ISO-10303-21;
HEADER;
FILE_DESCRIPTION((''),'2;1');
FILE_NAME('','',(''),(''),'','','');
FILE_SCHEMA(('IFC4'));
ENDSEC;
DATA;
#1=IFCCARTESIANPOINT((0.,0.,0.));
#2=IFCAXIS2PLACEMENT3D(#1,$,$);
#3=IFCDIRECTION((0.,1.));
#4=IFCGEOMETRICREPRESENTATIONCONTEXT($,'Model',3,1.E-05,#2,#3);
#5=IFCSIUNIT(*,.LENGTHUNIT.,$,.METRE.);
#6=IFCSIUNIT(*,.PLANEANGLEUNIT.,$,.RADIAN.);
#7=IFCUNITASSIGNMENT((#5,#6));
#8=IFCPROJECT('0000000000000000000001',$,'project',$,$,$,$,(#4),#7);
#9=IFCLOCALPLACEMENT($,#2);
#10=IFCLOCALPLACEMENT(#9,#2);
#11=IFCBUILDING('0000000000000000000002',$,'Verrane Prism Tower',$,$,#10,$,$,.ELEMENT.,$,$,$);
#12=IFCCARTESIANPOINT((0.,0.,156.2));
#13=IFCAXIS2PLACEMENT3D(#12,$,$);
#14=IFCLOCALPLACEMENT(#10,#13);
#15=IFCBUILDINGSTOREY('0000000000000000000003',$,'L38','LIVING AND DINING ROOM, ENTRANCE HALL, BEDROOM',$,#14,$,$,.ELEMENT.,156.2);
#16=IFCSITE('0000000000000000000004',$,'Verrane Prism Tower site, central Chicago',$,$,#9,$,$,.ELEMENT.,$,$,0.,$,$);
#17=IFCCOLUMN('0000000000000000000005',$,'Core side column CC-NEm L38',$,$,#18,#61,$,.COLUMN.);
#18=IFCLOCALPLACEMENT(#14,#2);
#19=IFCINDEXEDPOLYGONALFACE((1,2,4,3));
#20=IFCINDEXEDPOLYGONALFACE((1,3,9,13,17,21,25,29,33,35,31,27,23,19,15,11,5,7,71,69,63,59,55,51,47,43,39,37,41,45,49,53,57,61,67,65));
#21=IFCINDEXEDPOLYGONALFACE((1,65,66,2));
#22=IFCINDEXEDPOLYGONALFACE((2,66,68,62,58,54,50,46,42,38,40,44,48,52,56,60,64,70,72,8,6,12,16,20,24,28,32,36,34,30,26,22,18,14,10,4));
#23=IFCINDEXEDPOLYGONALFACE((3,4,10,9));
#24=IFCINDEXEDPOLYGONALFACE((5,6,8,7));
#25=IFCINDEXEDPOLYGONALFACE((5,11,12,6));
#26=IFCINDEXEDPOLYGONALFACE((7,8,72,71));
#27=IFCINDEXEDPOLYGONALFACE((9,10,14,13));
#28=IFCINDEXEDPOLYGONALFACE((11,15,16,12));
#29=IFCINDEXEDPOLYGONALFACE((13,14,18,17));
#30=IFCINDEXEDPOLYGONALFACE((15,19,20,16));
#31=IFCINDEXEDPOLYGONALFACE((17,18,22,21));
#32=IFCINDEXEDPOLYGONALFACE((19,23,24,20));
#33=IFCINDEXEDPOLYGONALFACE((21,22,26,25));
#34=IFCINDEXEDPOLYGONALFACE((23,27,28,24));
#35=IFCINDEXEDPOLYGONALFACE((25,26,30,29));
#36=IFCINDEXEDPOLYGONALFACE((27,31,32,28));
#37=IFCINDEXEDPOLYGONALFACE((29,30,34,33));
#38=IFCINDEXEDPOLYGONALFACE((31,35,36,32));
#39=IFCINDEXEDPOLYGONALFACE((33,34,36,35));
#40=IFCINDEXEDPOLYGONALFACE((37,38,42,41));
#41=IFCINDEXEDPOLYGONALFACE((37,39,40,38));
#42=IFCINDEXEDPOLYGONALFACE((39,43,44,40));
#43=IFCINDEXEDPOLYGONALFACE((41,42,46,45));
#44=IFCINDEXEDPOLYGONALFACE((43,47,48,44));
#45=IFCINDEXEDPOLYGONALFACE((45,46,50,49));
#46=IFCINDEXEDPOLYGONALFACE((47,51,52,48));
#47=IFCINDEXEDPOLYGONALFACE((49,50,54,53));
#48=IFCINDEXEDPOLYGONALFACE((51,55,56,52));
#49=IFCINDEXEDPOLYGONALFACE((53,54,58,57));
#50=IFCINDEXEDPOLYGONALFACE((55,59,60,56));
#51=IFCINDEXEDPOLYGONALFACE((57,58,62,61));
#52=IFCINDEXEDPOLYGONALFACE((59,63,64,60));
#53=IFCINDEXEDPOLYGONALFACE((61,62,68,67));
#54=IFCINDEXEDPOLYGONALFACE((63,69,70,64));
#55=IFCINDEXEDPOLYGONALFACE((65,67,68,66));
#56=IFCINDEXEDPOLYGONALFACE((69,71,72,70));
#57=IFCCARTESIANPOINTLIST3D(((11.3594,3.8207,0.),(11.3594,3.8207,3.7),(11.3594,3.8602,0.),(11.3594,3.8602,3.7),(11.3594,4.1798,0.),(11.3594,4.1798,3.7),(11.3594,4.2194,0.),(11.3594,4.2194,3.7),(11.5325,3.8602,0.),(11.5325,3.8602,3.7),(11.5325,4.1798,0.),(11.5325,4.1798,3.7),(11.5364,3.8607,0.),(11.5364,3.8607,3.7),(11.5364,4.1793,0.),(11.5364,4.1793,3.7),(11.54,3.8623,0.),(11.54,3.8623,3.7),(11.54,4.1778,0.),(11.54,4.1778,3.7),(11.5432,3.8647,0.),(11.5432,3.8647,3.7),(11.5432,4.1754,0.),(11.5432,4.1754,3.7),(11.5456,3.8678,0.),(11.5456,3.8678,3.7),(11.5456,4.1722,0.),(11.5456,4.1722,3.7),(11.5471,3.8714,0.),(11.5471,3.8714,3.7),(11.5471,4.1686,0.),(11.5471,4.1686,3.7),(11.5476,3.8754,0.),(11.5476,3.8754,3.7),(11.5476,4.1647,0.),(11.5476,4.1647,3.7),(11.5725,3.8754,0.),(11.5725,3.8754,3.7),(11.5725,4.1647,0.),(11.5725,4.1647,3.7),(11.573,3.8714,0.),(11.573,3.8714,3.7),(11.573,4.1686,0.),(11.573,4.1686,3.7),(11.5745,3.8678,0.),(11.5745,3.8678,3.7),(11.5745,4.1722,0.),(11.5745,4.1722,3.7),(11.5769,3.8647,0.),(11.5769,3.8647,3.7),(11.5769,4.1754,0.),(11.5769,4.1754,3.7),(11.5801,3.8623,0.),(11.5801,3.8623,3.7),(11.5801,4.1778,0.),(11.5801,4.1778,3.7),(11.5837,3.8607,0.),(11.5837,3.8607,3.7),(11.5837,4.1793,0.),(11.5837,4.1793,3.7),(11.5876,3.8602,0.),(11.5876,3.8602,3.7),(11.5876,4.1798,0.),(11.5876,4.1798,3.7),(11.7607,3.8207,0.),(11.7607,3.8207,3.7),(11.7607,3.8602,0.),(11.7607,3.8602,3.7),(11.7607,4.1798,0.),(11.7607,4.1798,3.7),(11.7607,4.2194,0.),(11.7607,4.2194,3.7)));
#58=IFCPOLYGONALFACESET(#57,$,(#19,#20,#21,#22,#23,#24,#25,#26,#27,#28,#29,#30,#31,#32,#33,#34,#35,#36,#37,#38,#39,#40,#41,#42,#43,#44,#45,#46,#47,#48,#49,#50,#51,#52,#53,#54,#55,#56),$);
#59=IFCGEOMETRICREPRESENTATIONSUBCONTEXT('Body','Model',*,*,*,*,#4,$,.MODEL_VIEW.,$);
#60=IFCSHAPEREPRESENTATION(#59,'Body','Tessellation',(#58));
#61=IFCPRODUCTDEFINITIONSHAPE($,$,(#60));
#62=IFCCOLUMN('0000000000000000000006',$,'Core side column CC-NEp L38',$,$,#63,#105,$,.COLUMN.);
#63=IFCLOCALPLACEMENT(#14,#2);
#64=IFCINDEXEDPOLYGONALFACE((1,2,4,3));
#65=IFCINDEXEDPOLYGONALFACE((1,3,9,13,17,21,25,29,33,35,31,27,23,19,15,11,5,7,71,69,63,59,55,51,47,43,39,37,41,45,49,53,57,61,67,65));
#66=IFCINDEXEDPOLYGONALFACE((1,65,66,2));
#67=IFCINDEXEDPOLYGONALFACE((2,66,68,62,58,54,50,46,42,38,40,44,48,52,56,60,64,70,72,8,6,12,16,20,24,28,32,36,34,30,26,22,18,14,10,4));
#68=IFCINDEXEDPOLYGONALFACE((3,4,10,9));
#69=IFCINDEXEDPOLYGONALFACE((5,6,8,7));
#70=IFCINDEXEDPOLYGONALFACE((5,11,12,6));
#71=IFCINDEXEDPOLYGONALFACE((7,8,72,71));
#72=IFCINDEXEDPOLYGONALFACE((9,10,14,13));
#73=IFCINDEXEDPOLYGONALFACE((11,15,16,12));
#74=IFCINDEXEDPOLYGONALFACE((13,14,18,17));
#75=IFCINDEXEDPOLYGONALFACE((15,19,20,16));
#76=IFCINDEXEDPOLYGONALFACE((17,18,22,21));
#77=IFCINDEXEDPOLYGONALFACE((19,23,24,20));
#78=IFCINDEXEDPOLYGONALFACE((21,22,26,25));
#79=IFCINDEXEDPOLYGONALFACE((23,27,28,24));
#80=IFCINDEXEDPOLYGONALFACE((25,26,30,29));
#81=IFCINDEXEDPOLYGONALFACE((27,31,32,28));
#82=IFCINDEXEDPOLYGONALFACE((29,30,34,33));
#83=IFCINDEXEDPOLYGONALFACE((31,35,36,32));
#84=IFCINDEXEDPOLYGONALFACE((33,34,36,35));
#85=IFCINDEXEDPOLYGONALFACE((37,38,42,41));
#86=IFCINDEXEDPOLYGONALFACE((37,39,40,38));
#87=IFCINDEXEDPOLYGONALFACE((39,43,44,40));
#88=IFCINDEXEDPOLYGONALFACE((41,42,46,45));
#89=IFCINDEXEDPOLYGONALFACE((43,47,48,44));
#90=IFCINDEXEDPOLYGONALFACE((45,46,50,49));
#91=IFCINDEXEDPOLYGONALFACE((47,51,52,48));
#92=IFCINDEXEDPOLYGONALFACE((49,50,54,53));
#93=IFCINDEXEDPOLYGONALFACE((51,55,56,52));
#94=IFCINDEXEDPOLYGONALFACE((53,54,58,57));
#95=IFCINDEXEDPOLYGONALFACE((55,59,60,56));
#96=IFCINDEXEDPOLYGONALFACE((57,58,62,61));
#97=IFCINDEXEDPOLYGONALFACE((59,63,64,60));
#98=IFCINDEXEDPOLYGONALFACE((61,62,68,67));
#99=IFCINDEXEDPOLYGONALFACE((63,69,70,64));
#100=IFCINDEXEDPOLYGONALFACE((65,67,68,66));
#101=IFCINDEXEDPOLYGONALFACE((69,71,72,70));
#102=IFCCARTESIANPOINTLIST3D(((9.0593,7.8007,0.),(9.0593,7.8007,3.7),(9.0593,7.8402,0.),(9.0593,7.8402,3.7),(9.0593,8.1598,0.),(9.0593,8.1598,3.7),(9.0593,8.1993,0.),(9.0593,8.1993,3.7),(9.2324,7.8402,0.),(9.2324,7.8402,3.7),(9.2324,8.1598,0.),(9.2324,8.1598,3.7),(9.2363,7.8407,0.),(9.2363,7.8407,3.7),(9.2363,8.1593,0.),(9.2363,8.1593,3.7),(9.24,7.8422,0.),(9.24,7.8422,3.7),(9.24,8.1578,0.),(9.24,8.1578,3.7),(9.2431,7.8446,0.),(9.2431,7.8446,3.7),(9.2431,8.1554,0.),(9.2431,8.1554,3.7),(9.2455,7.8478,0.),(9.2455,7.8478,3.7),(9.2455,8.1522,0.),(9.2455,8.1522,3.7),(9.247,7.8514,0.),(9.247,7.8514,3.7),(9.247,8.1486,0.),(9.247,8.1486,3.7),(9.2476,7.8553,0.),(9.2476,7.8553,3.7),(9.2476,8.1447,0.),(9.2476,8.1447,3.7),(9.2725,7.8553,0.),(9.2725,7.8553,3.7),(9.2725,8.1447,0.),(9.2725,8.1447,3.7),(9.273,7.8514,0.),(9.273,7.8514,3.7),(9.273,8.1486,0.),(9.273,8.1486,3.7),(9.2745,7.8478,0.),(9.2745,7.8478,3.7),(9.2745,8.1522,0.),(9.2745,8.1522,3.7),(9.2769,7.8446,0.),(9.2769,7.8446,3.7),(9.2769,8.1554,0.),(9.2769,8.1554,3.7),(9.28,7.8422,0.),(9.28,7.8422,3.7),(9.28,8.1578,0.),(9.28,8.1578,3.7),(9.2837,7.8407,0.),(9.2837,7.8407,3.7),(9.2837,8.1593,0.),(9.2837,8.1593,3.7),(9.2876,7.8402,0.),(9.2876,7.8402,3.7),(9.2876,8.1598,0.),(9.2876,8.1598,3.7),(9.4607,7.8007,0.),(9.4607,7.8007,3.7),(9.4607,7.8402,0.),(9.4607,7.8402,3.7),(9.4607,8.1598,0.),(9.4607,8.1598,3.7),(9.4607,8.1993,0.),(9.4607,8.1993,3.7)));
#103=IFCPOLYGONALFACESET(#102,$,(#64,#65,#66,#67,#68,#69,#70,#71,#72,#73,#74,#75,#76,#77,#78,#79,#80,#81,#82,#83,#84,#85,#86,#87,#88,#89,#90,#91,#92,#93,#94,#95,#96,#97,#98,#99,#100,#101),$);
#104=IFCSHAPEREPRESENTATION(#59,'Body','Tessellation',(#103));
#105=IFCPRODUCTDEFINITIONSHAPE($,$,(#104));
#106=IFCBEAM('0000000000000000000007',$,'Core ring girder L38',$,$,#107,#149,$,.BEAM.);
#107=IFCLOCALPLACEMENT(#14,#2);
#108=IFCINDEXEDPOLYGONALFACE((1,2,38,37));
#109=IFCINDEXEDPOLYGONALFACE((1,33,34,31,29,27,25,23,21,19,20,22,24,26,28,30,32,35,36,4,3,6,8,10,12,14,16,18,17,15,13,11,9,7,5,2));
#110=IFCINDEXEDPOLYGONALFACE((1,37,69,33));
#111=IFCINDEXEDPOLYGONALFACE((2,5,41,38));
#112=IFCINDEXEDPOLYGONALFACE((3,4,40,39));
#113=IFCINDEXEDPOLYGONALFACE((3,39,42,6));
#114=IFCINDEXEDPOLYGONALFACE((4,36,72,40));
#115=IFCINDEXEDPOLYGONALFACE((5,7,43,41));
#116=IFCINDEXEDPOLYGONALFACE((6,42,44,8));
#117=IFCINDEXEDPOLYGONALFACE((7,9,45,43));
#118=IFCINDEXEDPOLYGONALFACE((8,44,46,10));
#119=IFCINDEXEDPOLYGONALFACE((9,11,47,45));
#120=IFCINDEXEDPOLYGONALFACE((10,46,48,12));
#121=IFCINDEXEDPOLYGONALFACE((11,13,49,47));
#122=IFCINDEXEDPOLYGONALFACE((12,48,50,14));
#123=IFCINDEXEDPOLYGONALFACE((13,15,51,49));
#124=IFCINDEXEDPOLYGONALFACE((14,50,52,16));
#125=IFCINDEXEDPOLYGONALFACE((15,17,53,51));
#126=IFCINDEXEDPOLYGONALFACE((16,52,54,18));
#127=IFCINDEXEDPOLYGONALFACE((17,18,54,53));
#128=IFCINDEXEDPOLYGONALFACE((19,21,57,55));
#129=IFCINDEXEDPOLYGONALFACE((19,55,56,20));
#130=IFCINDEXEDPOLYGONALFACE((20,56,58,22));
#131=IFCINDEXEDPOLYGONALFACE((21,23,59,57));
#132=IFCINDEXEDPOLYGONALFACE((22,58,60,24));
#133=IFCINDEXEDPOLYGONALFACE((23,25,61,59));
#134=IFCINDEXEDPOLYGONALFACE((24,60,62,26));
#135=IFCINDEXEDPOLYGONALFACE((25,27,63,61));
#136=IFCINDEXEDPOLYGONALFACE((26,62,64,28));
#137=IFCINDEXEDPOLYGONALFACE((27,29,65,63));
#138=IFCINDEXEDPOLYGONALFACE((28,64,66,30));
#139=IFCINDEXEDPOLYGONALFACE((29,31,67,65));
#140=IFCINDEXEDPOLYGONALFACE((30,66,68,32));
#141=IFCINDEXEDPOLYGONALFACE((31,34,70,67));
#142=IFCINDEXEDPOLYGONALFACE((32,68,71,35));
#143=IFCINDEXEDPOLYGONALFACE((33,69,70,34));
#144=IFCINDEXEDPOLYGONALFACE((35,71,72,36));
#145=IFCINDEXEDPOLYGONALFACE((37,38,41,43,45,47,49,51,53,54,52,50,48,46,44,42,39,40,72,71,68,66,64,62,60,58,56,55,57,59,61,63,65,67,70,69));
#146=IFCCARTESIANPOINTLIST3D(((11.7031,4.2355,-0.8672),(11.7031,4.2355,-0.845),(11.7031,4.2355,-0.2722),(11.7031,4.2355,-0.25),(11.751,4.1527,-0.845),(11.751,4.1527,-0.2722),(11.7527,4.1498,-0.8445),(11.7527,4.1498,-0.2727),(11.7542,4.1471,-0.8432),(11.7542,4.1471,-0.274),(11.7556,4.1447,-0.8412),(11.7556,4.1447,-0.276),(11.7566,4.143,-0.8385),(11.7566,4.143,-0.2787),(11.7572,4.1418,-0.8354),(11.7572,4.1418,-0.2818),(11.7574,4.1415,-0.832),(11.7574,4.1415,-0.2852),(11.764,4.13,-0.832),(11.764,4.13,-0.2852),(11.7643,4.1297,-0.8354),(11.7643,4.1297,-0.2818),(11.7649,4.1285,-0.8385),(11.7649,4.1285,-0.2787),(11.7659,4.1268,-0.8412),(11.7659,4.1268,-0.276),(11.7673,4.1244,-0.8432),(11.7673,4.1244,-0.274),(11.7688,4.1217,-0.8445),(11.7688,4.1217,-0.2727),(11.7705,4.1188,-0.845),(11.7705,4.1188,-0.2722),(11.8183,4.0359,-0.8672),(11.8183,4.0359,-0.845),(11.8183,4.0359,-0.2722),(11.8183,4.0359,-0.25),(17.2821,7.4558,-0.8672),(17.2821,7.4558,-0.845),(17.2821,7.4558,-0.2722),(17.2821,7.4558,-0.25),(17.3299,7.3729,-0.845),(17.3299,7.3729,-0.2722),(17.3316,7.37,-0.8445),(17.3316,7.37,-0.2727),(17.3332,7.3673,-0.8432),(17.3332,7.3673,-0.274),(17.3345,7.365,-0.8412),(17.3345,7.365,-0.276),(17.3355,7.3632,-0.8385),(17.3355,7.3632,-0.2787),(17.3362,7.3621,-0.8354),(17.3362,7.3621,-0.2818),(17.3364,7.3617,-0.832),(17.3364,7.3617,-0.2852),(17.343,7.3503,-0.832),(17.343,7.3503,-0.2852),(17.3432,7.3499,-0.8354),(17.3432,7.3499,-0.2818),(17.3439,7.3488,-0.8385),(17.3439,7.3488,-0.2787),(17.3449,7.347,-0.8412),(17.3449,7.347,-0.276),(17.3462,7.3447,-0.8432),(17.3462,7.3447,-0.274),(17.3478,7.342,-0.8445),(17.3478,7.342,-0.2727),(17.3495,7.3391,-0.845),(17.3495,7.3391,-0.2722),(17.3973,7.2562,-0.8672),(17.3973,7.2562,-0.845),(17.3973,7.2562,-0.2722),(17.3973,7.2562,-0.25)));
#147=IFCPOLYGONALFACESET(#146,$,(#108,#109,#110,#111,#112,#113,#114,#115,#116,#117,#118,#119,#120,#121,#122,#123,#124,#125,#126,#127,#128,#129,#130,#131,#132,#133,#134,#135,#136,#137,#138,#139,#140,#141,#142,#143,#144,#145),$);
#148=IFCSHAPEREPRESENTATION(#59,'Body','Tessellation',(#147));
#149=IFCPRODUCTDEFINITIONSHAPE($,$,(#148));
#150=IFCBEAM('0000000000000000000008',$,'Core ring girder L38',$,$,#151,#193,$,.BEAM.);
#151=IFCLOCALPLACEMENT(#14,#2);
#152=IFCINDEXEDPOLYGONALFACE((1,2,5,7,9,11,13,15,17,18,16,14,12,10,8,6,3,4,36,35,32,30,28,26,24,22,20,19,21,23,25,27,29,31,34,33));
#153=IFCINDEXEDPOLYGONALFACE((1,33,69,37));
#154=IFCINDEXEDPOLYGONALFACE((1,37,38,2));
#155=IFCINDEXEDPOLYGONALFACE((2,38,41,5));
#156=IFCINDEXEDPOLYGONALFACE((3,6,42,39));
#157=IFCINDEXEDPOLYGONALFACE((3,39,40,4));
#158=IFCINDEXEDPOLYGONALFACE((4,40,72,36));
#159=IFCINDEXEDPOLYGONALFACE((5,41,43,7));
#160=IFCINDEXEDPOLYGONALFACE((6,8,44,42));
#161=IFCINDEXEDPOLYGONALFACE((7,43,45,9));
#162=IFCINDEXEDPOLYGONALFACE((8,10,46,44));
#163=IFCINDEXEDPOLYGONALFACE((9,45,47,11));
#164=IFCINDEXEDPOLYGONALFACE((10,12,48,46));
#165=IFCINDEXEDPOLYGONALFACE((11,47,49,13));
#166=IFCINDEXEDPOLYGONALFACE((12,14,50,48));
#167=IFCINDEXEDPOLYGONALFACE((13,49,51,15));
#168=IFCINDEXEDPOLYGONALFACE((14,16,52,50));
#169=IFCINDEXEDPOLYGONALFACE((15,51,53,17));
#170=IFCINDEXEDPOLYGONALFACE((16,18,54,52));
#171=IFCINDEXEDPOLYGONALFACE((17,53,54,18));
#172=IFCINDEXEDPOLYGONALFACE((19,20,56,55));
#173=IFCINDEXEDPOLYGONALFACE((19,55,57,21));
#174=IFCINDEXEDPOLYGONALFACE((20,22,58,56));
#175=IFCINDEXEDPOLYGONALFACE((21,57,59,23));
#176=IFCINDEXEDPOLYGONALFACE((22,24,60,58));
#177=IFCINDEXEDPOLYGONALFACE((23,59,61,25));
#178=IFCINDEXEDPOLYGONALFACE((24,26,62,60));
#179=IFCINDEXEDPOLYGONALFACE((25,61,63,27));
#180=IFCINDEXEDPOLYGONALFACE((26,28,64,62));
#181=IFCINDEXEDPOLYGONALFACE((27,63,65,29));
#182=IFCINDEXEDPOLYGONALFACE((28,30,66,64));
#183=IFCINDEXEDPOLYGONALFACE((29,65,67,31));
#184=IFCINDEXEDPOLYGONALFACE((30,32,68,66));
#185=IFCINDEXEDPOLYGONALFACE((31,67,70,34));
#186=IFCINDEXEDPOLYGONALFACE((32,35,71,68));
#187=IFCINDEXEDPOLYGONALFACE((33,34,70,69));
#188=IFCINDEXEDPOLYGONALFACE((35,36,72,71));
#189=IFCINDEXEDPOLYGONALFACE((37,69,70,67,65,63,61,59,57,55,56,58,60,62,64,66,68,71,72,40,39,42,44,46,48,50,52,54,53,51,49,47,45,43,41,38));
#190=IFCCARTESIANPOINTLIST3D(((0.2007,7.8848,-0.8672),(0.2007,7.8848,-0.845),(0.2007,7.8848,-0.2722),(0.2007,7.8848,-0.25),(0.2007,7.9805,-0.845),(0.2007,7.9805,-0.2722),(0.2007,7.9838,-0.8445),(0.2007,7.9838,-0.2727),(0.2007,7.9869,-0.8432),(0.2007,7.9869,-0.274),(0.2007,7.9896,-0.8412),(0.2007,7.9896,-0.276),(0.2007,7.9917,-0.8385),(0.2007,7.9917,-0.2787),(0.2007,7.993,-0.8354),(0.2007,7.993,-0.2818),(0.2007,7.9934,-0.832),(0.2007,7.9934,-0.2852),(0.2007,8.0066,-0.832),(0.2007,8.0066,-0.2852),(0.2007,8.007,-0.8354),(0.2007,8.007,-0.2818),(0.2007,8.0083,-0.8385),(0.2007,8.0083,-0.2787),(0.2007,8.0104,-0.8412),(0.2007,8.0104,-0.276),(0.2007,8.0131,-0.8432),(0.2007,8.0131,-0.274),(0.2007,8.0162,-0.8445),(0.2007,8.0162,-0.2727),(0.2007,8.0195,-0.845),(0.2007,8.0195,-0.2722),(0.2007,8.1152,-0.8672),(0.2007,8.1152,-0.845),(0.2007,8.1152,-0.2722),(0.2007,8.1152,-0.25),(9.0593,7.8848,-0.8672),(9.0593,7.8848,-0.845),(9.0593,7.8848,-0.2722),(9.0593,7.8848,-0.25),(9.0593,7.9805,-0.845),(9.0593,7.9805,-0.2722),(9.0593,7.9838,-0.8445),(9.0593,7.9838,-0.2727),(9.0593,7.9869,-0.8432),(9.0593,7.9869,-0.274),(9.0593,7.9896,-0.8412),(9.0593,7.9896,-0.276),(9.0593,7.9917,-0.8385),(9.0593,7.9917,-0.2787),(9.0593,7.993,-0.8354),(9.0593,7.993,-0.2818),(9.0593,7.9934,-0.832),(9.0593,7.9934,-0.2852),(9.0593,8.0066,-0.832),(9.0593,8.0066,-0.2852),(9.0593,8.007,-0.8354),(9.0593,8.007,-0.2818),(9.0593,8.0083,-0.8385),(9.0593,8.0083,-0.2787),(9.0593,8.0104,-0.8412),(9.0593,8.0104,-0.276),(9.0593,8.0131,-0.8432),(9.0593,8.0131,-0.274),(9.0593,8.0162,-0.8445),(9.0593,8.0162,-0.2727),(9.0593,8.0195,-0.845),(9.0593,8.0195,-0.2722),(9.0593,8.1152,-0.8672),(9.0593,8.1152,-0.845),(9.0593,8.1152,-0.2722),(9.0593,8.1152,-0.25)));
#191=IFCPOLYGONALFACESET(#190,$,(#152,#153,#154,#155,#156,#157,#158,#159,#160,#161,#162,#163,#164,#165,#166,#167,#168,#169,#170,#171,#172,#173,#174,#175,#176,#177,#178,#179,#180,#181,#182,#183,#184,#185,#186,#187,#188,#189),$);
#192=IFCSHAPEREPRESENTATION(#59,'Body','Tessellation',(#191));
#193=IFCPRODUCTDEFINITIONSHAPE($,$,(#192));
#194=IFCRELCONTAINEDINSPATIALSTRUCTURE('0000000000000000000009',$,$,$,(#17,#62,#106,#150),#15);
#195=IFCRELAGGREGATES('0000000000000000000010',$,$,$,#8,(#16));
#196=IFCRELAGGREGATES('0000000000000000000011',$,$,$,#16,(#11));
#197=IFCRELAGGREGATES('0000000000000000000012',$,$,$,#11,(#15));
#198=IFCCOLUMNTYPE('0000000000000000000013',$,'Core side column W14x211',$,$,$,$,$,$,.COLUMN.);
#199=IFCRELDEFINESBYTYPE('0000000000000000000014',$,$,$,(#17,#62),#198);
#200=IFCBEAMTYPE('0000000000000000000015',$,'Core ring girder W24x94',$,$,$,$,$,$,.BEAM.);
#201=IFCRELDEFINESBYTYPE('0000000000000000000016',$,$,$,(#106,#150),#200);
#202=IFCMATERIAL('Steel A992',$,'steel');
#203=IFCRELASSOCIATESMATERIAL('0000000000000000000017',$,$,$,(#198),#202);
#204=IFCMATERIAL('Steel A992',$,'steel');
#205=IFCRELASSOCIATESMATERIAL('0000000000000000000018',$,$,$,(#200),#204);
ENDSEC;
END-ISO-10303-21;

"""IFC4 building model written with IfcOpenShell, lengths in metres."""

from ifc_helpers import new_model, si_unit, direction, frame, origin, origin_2d, place, context, subcontext, project, spatial, i_section, extrude, material, material_profile, profile_set, type_object, element, save


model = new_model("IFC4")

# Units and contexts
model_context = context("Model", 3, precision=1e-05, world=origin(), true_north=direction((0.0, 1.0)))
body_context = subcontext(model_context, "Body", "Model", "MODEL_VIEW")
ifc_project = project(units=[si_unit("LENGTHUNIT", "METRE"), si_unit("PLANEANGLEUNIT", "RADIAN")], contexts=[model_context])

# Site, building, storey
site_placement = place(None, origin())
site = spatial("IfcSite", under=ifc_project, at=site_placement, Name="Verrane Prism Tower site, central Chicago", CompositionType="ELEMENT", RefElevation=0.0)
building_placement = place(site_placement, origin())
building = spatial("IfcBuilding", under=site, at=building_placement, Name="Verrane Prism Tower", CompositionType="ELEMENT")
storey_placement = place(building_placement, frame((0.0, 0.0, 156.2)))
storey = spatial("IfcBuildingStorey", under=building, at=storey_placement, Name="L38", Description="LIVING AND DINING ROOM, ENTRANCE HALL, BEDROOM", CompositionType="ELEMENT", Elevation=156.2)

# Columns
ifc_material_1 = material(Name="Steel A992", Category="steel")
ifc_material_profile_1 = material_profile(ifc_material_1, i_section(OverallWidth=0.4014, OverallDepth=0.3987, WebThickness=0.0249, FlangeThickness=0.0396, FilletRadius=0.0151, at=origin_2d()), Name="W14x211")
ifc_profile_set_1 = profile_set([ifc_material_profile_1], Name="Steel A992")
column_type = type_object("IfcColumnType", Name="Core side column W14x211", PredefinedType="COLUMN", material=ifc_profile_set_1)
for number, where, z_axis, x_axis, name in (
    (1, (11.5601, 4.02, 0.0), (0.0, 0.0, 1.0), (1.0, 0.0, 0.0), "Core side column CC-NEm L38"),
    (2, (9.26, 8.0, 0.0), (0.0, 0.0, 1.0), (1.0, 0.0, 0.0), "Core side column CC-NEp L38"),
):
    element("IfcColumn", number, at=place(storey_placement, frame(where, z_axis=z_axis, x_axis=x_axis)), inside=storey, type_object=column_type, Name=name, PredefinedType="COLUMN", context=body_context, shape_type="SweptSolid", body=[
        extrude(i_section(OverallWidth=0.4014, OverallDepth=0.3987, WebThickness=0.0249, FlangeThickness=0.0396, FilletRadius=0.0151, at=origin_2d()), origin(), (0.0, 0.0, 1.0), 3.7),
    ])

# Beams
ifc_material_2 = material(Name="Steel A992", Category="steel")
ifc_material_profile_2 = material_profile(ifc_material_2, i_section(OverallWidth=0.2305, OverallDepth=0.6172, WebThickness=0.0132, FlangeThickness=0.0222, FilletRadius=0.0129, at=origin_2d()), Name="W24x94")
ifc_profile_set_2 = profile_set([ifc_material_profile_2], Name="Steel A992")
beam_type = type_object("IfcBeamType", Name="Core ring girder W24x94", PredefinedType="BEAM", material=ifc_profile_set_2)
beam_1_placement = place(storey_placement, frame((11.7607, 4.1357, -0.5586), z_axis=(0.866075, 0.499914, 0.0), x_axis=(-0.499914, 0.866075, 0.0)))
element("IfcBeam", 3, at=beam_1_placement, inside=storey, type_object=beam_type, Name="Core ring girder L38", PredefinedType="BEAM", context=body_context, shape_type="SweptSolid", body=[
    extrude(i_section(OverallWidth=0.2305, OverallDepth=0.6172, WebThickness=0.0132, FlangeThickness=0.0222, FilletRadius=0.0129, at=origin_2d()), origin(), (0.0, 0.0, 1.0), 6.4417),
])
beam_2_placement = place(storey_placement, frame((9.0593, 8.0, -0.5586), z_axis=(-1.0, 0.0, 0.0), x_axis=(0.0, -1.0, 0.0)))
element("IfcBeam", 4, at=beam_2_placement, inside=storey, type_object=beam_type, Name="Core ring girder L38", PredefinedType="BEAM", context=body_context, shape_type="SweptSolid", body=[
    extrude(i_section(OverallWidth=0.2305, OverallDepth=0.6172, WebThickness=0.0132, FlangeThickness=0.0222, FilletRadius=0.0129, at=origin_2d()), origin(), (0.0, 0.0, 1.0), 8.8586),
])

save(model, "model.ifc")
